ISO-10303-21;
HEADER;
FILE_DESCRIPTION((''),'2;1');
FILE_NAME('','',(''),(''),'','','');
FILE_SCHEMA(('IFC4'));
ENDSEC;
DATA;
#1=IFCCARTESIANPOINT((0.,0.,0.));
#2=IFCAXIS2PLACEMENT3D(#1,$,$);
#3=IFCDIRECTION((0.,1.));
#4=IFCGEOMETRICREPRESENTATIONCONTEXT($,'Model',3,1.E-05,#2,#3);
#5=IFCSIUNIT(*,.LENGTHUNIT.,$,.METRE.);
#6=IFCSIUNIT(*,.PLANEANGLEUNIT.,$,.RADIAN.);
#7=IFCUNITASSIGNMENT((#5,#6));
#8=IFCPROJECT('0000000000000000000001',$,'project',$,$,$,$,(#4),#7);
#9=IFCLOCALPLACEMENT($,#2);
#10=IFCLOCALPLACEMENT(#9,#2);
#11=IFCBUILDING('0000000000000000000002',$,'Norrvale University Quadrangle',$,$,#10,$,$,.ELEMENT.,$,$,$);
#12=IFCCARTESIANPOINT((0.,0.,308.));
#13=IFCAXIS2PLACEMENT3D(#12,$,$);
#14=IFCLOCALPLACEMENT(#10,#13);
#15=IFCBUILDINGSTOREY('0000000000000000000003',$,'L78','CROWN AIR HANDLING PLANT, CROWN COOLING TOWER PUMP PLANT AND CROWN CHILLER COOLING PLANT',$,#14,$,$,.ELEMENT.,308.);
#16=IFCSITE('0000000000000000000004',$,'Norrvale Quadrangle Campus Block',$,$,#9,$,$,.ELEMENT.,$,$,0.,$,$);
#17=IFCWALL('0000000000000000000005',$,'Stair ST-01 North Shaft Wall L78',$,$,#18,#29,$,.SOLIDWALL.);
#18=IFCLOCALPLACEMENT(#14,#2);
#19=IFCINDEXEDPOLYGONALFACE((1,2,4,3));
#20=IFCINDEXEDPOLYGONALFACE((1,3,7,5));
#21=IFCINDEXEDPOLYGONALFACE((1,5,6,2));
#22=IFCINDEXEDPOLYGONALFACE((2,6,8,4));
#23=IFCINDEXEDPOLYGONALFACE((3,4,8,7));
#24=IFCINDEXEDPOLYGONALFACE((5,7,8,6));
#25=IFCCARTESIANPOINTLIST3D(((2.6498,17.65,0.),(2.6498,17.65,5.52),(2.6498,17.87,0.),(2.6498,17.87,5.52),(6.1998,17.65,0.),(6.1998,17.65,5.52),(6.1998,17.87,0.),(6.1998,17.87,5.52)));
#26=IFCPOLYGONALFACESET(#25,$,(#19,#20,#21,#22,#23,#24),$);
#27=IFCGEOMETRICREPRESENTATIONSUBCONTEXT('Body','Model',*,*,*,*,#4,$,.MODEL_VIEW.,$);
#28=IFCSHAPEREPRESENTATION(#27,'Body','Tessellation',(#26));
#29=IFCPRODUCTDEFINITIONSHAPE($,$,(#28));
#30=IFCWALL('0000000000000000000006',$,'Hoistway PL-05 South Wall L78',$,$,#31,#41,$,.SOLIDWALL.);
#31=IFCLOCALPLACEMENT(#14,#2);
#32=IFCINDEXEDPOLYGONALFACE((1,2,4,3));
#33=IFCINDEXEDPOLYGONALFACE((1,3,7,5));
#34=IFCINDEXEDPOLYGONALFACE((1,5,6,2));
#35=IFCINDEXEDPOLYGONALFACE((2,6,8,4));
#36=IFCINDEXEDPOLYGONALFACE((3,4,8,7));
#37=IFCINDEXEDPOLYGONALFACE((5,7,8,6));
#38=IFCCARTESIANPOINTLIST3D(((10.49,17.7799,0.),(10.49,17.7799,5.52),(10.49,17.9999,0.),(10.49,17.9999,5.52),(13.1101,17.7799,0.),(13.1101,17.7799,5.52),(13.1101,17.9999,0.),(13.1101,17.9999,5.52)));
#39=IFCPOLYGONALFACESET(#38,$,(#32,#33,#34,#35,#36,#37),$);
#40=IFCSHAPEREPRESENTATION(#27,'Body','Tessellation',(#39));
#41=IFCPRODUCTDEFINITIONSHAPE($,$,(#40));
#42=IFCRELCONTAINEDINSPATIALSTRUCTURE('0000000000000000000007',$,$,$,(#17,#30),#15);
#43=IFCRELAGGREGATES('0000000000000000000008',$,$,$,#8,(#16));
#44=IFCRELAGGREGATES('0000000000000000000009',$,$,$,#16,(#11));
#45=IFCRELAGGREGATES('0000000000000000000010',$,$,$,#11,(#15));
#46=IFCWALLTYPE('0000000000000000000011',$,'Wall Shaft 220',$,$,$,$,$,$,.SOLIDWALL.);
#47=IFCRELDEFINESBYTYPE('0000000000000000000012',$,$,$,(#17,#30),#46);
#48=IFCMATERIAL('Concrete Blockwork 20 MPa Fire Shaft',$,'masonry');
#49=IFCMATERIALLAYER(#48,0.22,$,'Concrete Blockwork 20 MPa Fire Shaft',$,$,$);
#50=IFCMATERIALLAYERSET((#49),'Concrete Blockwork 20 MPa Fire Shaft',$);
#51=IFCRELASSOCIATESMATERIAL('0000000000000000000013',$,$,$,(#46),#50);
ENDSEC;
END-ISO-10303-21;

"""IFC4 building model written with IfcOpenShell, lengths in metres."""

from ifc_helpers import new_model, si_unit, direction, frame, frame_2d, origin, place, context, subcontext, project, spatial, rectangle, extrude, material, layer, layer_set, type_object, element, save


model = new_model("IFC4")

# Units and contexts
model_context = context("Model", 3, precision=1e-05, world=origin(), true_north=direction((0.0, 1.0)))
body_context = subcontext(model_context, "Body", "Model", "MODEL_VIEW")
ifc_project = project(units=[si_unit("LENGTHUNIT", "METRE"), si_unit("PLANEANGLEUNIT", "RADIAN")], contexts=[model_context])

# Site, building, storey
site_placement = place(None, origin())
site = spatial("IfcSite", under=ifc_project, at=site_placement, Name="Norrvale Quadrangle Campus Block", CompositionType="ELEMENT", RefElevation=0.0)
building_placement = place(site_placement, origin())
building = spatial("IfcBuilding", under=site, at=building_placement, Name="Norrvale University Quadrangle", CompositionType="ELEMENT")
storey_placement = place(building_placement, frame((0.0, 0.0, 308.0)))
storey = spatial("IfcBuildingStorey", under=building, at=storey_placement, Name="L78", Description="CROWN AIR HANDLING PLANT, CROWN COOLING TOWER PUMP PLANT AND CROWN CHILLER COOLING PLANT", CompositionType="ELEMENT", Elevation=308.0)

# Shared definitions
ifc_material_1 = material(Name="Concrete Blockwork 20 MPa Fire Shaft", Category="masonry")
ifc_layer_1 = layer(ifc_material_1, 0.22, Name="Concrete Blockwork 20 MPa Fire Shaft")
ifc_layer_set_1 = layer_set([ifc_layer_1], Name="Concrete Blockwork 20 MPa Fire Shaft")
wall_type_1 = type_object("IfcWallType", Name="Wall Shaft 220", PredefinedType="SOLIDWALL", material=ifc_layer_set_1)

# Walls
wall_1_placement = place(storey_placement, frame((2.6499, 17.76, 0.0), z_axis=(0.0, 0.0, 1.0), x_axis=(1.0, 0.0, 0.0)))
element("IfcWall", 1, at=wall_1_placement, inside=storey, type_object=wall_type_1, Name="Stair ST-01 North Shaft Wall L78", PredefinedType="SOLIDWALL", context=body_context, shape_type="SweptSolid", body=[
    extrude(rectangle(XDim=3.55, YDim=0.22, at=frame_2d((1.7749, 0.0))), origin(), (0.0, 0.0, 1.0), 5.52),
])
wall_2_placement = place(storey_placement, frame((10.49, 17.8899, 0.0), z_axis=(0.0, 0.0, 1.0), x_axis=(1.0, 0.0, 0.0)))
element("IfcWall", 2, at=wall_2_placement, inside=storey, type_object=wall_type_1, Name="Hoistway PL-05 South Wall L78", PredefinedType="SOLIDWALL", context=body_context, shape_type="SweptSolid", body=[
    extrude(rectangle(XDim=2.6201, YDim=0.22, at=frame_2d((1.3101, 0.0))), origin(), (0.0, 0.0, 1.0), 5.52),
])

save(model, "model.ifc")
